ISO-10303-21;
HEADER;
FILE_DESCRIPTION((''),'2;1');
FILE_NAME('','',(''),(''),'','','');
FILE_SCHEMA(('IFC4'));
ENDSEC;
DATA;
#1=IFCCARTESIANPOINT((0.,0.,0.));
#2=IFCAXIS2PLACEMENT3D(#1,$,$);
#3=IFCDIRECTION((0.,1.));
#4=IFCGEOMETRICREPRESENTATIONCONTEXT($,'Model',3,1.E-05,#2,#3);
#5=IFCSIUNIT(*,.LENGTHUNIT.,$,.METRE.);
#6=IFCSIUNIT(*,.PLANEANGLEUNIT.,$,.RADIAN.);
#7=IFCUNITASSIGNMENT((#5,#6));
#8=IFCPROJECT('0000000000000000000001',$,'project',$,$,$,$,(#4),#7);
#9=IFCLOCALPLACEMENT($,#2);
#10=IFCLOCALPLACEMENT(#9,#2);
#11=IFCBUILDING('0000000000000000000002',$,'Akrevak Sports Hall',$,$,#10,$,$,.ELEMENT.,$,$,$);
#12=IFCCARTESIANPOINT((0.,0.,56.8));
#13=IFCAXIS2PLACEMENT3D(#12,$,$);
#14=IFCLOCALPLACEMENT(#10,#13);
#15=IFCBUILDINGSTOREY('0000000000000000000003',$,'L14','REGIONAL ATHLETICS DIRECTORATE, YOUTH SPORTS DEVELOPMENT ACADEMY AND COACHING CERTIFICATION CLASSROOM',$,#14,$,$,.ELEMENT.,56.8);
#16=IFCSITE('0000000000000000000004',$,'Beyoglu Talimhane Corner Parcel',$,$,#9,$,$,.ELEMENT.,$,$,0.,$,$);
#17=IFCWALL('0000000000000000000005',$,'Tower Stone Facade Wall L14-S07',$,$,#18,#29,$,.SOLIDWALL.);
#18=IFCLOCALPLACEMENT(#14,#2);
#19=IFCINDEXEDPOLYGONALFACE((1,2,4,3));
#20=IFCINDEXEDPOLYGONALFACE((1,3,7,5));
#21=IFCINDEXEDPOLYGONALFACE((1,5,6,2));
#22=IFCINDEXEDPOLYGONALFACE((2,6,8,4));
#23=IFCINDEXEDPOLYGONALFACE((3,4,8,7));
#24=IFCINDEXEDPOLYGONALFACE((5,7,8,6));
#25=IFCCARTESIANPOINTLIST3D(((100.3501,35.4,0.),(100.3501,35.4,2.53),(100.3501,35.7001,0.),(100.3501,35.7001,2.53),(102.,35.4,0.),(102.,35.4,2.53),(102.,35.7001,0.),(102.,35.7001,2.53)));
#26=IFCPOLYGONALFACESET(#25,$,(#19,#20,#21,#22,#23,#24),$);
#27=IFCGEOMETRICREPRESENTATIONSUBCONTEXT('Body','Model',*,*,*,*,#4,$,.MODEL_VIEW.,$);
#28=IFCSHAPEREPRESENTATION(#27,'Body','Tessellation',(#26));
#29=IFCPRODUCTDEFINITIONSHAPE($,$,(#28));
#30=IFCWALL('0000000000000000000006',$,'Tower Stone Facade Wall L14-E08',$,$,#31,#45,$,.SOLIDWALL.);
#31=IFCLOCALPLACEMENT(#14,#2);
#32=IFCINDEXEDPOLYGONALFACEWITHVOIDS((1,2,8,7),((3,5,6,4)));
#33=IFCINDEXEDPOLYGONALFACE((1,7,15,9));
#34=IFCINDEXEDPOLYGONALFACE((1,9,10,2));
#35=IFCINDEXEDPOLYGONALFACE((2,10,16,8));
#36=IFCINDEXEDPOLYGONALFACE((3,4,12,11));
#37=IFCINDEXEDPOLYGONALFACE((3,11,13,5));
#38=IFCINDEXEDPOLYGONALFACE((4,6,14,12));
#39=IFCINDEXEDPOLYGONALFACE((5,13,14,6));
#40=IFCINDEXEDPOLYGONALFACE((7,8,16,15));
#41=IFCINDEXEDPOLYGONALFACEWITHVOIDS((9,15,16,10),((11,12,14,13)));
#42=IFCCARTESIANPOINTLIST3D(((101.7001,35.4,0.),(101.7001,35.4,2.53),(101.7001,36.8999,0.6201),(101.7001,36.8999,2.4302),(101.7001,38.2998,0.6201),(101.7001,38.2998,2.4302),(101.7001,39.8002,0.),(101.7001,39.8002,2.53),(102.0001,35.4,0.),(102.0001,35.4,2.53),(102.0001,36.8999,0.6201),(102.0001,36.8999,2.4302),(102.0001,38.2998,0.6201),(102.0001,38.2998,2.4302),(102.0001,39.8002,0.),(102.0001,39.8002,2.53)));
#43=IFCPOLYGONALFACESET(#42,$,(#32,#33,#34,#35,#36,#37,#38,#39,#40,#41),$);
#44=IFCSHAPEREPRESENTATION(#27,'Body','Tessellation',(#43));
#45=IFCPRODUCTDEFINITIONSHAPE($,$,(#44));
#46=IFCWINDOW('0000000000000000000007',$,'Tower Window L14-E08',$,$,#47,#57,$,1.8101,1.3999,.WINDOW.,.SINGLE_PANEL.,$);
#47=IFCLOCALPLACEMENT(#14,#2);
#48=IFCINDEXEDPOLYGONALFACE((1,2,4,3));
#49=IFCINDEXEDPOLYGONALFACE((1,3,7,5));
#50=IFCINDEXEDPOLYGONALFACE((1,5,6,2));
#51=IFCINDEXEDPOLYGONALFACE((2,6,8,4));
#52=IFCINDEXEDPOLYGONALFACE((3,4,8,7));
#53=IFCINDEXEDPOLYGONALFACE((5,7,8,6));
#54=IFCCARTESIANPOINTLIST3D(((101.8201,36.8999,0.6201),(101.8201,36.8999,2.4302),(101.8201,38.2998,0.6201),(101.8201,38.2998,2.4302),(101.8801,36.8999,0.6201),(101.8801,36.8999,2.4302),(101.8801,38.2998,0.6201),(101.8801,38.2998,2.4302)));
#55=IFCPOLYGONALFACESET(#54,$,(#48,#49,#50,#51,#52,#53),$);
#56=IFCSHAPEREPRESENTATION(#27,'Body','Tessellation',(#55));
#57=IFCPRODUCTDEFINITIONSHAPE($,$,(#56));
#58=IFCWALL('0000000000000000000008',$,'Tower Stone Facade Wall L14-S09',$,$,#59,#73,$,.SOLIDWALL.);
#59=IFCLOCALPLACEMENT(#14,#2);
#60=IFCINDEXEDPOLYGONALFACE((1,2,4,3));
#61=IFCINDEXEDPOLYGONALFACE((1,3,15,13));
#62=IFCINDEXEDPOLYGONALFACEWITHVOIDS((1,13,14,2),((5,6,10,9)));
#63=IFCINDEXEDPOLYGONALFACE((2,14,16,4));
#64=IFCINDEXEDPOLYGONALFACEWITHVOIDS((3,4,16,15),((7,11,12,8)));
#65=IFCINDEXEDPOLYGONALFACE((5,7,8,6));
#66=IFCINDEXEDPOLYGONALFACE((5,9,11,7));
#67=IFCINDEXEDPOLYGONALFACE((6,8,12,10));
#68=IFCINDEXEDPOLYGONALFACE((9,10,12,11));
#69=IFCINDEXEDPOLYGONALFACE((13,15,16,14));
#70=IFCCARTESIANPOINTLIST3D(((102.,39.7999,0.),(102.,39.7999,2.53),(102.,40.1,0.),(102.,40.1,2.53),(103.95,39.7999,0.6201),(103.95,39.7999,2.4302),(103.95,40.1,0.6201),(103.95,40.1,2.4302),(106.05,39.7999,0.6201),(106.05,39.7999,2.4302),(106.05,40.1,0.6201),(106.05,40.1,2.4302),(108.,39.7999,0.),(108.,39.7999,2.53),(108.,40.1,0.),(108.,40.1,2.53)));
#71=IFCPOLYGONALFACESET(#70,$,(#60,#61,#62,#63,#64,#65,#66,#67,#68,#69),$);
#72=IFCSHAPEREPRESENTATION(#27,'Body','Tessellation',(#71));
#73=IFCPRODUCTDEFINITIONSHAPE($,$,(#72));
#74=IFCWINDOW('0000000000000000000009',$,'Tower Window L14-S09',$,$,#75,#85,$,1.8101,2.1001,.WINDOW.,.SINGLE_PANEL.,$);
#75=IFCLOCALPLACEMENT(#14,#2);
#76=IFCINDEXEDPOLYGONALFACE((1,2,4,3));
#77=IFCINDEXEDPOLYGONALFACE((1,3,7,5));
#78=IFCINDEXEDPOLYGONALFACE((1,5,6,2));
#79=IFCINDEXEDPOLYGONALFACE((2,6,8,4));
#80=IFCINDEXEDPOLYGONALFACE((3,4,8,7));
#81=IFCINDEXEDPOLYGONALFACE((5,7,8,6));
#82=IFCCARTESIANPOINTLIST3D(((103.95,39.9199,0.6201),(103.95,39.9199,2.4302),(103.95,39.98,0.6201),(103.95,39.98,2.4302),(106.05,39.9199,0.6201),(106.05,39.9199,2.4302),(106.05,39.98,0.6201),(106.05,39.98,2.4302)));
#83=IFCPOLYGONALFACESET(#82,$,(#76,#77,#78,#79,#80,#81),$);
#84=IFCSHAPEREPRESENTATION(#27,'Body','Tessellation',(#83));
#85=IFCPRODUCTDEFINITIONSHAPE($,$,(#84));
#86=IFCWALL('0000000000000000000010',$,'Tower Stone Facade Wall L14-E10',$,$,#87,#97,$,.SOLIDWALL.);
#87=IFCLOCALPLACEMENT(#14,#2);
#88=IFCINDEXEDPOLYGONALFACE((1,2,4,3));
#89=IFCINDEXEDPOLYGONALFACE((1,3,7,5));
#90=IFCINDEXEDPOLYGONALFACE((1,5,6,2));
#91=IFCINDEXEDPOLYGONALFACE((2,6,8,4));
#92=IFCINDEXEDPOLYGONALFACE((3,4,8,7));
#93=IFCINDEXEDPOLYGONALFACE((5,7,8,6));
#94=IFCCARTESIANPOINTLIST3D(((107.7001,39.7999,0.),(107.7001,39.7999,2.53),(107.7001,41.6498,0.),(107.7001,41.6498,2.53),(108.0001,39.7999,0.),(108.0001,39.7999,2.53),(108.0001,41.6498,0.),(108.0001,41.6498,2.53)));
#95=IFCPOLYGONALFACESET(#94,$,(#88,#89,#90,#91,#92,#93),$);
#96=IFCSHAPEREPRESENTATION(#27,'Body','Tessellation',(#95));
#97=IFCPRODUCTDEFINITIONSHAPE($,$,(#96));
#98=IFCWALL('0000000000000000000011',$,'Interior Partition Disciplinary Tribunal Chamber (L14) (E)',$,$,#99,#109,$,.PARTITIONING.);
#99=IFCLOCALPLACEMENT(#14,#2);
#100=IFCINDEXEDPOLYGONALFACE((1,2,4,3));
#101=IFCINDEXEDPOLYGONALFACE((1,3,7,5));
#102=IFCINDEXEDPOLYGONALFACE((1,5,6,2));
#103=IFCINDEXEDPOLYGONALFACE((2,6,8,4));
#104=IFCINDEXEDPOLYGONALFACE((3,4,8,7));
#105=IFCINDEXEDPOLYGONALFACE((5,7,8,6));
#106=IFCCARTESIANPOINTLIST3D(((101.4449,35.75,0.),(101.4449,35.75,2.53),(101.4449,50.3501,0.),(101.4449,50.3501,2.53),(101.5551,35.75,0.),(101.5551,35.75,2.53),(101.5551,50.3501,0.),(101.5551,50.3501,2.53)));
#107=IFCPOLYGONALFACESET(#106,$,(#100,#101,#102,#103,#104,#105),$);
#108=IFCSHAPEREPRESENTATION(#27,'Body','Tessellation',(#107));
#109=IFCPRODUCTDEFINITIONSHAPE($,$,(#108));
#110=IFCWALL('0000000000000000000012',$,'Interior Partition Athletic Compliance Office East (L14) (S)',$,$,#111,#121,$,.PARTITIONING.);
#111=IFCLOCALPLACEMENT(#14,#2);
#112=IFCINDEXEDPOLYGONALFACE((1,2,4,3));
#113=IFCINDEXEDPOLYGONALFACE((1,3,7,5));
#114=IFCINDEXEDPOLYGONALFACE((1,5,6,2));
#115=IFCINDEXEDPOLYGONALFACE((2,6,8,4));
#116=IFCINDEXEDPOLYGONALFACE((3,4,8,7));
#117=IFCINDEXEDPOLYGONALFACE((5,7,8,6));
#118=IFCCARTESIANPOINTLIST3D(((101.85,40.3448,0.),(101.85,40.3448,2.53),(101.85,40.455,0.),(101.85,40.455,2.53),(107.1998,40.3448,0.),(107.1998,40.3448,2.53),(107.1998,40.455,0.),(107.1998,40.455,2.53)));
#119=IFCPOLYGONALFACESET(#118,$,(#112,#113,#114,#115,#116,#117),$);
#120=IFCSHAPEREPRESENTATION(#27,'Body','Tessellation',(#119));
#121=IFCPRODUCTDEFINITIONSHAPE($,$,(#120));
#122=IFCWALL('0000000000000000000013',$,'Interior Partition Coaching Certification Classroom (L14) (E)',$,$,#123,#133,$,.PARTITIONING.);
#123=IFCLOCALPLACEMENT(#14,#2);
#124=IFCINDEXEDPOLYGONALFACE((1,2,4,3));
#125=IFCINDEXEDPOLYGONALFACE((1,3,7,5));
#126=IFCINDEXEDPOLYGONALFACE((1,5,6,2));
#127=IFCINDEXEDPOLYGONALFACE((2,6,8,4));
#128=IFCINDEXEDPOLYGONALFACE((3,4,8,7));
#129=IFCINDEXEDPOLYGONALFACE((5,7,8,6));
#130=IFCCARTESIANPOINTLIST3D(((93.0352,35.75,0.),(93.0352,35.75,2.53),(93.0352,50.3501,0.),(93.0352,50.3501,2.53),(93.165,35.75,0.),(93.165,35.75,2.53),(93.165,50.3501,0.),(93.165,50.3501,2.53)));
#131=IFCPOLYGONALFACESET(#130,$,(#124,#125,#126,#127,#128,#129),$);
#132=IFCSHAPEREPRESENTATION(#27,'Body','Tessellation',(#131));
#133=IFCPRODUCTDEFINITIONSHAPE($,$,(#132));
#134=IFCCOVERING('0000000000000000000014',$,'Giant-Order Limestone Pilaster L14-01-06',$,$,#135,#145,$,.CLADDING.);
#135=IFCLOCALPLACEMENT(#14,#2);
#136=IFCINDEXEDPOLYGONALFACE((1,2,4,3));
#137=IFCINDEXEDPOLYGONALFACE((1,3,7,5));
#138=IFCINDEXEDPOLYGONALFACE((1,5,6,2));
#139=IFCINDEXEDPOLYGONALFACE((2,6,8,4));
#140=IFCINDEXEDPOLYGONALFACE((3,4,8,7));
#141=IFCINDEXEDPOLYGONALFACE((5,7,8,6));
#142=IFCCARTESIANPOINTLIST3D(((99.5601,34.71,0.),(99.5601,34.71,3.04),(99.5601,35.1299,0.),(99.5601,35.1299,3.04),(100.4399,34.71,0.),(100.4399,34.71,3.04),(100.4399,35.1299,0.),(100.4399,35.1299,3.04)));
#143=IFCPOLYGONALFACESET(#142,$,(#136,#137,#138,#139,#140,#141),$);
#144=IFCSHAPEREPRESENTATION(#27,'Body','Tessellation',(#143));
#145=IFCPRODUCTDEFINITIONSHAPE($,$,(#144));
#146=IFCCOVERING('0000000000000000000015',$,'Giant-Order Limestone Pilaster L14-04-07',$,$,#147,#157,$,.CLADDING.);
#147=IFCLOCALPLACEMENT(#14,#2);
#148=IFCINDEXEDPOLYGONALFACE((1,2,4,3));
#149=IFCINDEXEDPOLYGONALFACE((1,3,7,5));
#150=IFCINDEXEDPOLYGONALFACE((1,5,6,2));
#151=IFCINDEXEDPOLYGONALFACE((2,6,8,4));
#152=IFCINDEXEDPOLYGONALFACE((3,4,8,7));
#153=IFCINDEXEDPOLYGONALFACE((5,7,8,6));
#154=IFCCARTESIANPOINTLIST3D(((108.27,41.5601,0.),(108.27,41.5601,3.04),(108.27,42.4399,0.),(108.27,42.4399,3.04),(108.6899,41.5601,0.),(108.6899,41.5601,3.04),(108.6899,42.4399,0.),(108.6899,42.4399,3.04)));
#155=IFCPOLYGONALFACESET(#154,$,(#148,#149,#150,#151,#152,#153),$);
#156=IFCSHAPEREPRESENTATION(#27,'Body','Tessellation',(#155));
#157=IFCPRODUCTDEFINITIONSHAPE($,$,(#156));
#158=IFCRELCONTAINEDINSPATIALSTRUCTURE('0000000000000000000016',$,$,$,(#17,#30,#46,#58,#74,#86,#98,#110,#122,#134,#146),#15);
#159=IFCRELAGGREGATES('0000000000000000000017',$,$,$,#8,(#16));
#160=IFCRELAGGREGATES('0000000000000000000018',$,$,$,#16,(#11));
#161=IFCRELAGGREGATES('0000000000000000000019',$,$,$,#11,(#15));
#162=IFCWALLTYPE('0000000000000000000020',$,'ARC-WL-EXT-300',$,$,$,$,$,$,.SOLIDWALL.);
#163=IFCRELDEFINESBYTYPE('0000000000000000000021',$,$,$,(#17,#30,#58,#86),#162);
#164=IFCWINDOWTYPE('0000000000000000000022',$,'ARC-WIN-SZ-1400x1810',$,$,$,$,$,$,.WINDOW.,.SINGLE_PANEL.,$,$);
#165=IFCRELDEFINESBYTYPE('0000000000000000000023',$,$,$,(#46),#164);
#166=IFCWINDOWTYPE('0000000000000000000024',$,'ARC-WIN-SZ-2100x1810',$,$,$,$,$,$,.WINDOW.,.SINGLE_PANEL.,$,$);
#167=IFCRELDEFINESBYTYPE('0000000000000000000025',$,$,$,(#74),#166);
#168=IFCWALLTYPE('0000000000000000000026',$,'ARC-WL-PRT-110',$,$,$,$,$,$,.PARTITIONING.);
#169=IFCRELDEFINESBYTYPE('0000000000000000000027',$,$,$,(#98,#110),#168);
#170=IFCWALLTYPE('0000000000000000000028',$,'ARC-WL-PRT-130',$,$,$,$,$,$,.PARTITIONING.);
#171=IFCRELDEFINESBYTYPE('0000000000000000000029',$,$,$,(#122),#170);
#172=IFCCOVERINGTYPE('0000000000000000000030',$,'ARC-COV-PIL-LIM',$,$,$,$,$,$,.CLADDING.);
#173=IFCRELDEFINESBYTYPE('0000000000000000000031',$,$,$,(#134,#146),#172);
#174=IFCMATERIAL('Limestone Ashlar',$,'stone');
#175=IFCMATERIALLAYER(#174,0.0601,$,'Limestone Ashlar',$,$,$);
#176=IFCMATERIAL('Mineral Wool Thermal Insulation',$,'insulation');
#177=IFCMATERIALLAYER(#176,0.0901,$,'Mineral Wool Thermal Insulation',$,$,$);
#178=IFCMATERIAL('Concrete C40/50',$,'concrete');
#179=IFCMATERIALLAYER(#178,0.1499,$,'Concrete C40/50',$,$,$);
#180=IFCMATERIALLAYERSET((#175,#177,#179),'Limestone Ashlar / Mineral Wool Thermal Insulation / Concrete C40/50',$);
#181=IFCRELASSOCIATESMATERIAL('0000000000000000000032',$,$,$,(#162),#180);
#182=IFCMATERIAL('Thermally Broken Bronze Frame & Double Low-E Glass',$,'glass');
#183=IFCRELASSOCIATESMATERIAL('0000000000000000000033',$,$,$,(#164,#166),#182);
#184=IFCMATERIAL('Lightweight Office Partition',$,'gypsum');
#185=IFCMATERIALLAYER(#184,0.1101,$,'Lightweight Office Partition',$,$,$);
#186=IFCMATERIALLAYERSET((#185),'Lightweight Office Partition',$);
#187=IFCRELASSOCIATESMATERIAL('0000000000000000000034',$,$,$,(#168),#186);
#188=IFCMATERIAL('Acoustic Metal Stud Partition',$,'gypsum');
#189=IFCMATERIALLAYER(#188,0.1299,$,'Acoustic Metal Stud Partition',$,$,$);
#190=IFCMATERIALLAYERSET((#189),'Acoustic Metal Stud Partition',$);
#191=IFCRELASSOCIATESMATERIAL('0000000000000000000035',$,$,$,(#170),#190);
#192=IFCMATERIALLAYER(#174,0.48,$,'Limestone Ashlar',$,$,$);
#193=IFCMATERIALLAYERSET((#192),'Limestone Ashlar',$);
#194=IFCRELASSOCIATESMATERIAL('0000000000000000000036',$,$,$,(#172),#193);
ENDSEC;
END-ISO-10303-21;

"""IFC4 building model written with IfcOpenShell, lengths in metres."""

from ifc_helpers import new_model, si_unit, direction, frame, frame_2d, origin, origin_2d, place, context, subcontext, project, spatial, rectangle, extrude, material, layer, layer_set, type_object, element, fill, save


model = new_model("IFC4")

# Units and contexts
model_context = context("Model", 3, precision=1e-05, world=origin(), true_north=direction((0.0, 1.0)))
body_context = subcontext(model_context, "Body", "Model", "MODEL_VIEW")
ifc_project = project(units=[si_unit("LENGTHUNIT", "METRE"), si_unit("PLANEANGLEUNIT", "RADIAN")], contexts=[model_context])

# Site, building, storey
site_placement = place(None, origin())
site = spatial("IfcSite", under=ifc_project, at=site_placement, Name="Beyoglu Talimhane Corner Parcel", CompositionType="ELEMENT", RefElevation=0.0)
building_placement = place(site_placement, origin())
building = spatial("IfcBuilding", under=site, at=building_placement, Name="Akrevak Sports Hall", CompositionType="ELEMENT")
storey_placement = place(building_placement, frame((0.0, 0.0, 56.8)))
storey = spatial("IfcBuildingStorey", under=building, at=storey_placement, Name="L14", Description="REGIONAL ATHLETICS DIRECTORATE, YOUTH SPORTS DEVELOPMENT ACADEMY AND COACHING CERTIFICATION CLASSROOM", CompositionType="ELEMENT", Elevation=56.8)

# Shared definitions
ifc_material_1 = material(Name="Concrete C40/50", Category="concrete")

# Wall
ifc_material_2 = material(Name="Limestone Ashlar", Category="stone")
ifc_layer_1 = layer(ifc_material_2, 0.0601, Name="Limestone Ashlar")
ifc_material_3 = material(Name="Mineral Wool Thermal Insulation", Category="insulation")
ifc_layer_2 = layer(ifc_material_3, 0.0901, Name="Mineral Wool Thermal Insulation")
ifc_layer_3 = layer(ifc_material_1, 0.1499, Name="Concrete C40/50")
ifc_layer_set_1 = layer_set([ifc_layer_1, ifc_layer_2, ifc_layer_3], Name="Limestone Ashlar / Mineral Wool Thermal Insulation / Concrete C40/50")
wall_type_1 = type_object("IfcWallType", Name="ARC-WL-EXT-300", PredefinedType="SOLIDWALL", material=ifc_layer_set_1)
wall_1_placement = place(storey_placement, frame((100.3501, 35.55, 0.0), z_axis=(0.0, 0.0, 1.0), x_axis=(1.0, 0.0, 0.0)))
element("IfcWall", 1, at=wall_1_placement, inside=storey, type_object=wall_type_1, Name="Tower Stone Facade Wall L14-S07", PredefinedType="SOLIDWALL", context=body_context, shape_type="SweptSolid", body=[
    extrude(rectangle(XDim=1.6499, YDim=0.3, at=frame_2d((0.825, 0.0))), origin(), (0.0, 0.0, 1.0), 2.53),
])

# Walls, openings, windows
wall_2_placement = place(storey_placement, frame((101.8501, 35.3999, 0.0), z_axis=(0.0, 0.0, 1.0), x_axis=(0.0, 1.0, 0.0)))
wall_2 = element("IfcWall", 2, at=wall_2_placement, inside=storey, type_object=wall_type_1, Name="Tower Stone Facade Wall L14-E08", PredefinedType="SOLIDWALL", context=body_context, shape_type="SweptSolid", body=[
    extrude(rectangle(XDim=4.4001, YDim=0.3, at=frame_2d((2.2002, 0.0))), origin(), (0.0, 0.0, 1.0), 2.53),
])
opening_1_placement = place(wall_2_placement, frame((1.5, 0.0, 0.6201)))
opening_1 = element("IfcOpeningElement", 3, at=opening_1_placement, cuts=wall_2, PredefinedType="OPENING", context=body_context, shape_type="SweptSolid", body=[
    extrude(rectangle(XDim=1.3999, YDim=1.8101, at=frame_2d((0.7, 0.905))), frame((0.0, 0.1621, 0.0), z_axis=(0.0, -1.0, 0.0), x_axis=(1.0, 0.0, 0.0)), (0.0, 0.0, 1.0), 0.324),
])
ifc_material_4 = material(Name="Thermally Broken Bronze Frame & Double Low-E Glass", Category="glass")
window_type_1 = type_object("IfcWindowType", Name="ARC-WIN-SZ-1400x1810", PartitioningType="SINGLE_PANEL", PredefinedType="WINDOW", material=ifc_material_4)
window_1_placement = place(opening_1_placement, origin())
window_1 = element("IfcWindow", 4, at=window_1_placement, inside=storey, type_object=window_type_1, Name="Tower Window L14-E08", OverallHeight=1.8101, OverallWidth=1.3999, PartitioningType="SINGLE_PANEL", PredefinedType="WINDOW", context=body_context, shape_type="SweptSolid", body=[
    extrude(rectangle(XDim=1.3999, YDim=1.8101, at=frame_2d((0.7, 0.905))), frame((0.0, 0.03, 0.0), z_axis=(0.0, -1.0, 0.0), x_axis=(1.0, 0.0, 0.0)), (0.0, 0.0, 1.0), 0.0601),
])
fill(opening_1, window_1)
wall_3_placement = place(storey_placement, frame((102.0, 39.95, 0.0), z_axis=(0.0, 0.0, 1.0), x_axis=(1.0, 0.0, 0.0)))
wall_3 = element("IfcWall", 5, at=wall_3_placement, inside=storey, type_object=wall_type_1, Name="Tower Stone Facade Wall L14-S09", PredefinedType="SOLIDWALL", context=body_context, shape_type="SweptSolid", body=[
    extrude(rectangle(XDim=6.0, YDim=0.3, at=frame_2d((3.0, 0.0))), origin(), (0.0, 0.0, 1.0), 2.53),
])
opening_2_placement = place(wall_3_placement, frame((1.95, 0.0, 0.6201)))
opening_2 = element("IfcOpeningElement", 6, at=opening_2_placement, cuts=wall_3, PredefinedType="OPENING", context=body_context, shape_type="SweptSolid", body=[
    extrude(rectangle(XDim=2.1001, YDim=1.8101, at=frame_2d((1.05, 0.905))), frame((0.0, 0.1621, 0.0), z_axis=(0.0, -1.0, 0.0), x_axis=(1.0, 0.0, 0.0)), (0.0, 0.0, 1.0), 0.324),
])
window_type_2 = type_object("IfcWindowType", Name="ARC-WIN-SZ-2100x1810", PartitioningType="SINGLE_PANEL", PredefinedType="WINDOW", material=ifc_material_4)
window_2_placement = place(opening_2_placement, origin())
window_2 = element("IfcWindow", 7, at=window_2_placement, inside=storey, type_object=window_type_2, Name="Tower Window L14-S09", OverallHeight=1.8101, OverallWidth=2.1001, PartitioningType="SINGLE_PANEL", PredefinedType="WINDOW", context=body_context, shape_type="SweptSolid", body=[
    extrude(rectangle(XDim=2.1001, YDim=1.8101, at=frame_2d((1.05, 0.905))), frame((0.0, 0.03, 0.0), z_axis=(0.0, -1.0, 0.0), x_axis=(1.0, 0.0, 0.0)), (0.0, 0.0, 1.0), 0.0601),
])
fill(opening_2, window_2)

# Walls
wall_4_placement = place(storey_placement, frame((107.8501, 39.8, 0.0), z_axis=(0.0, 0.0, 1.0), x_axis=(0.0, 1.0, 0.0)))
element("IfcWall", 8, at=wall_4_placement, inside=storey, type_object=wall_type_1, Name="Tower Stone Facade Wall L14-E10", PredefinedType="SOLIDWALL", context=body_context, shape_type="SweptSolid", body=[
    extrude(rectangle(XDim=1.8499, YDim=0.3, at=frame_2d((0.9248, 0.0))), origin(), (0.0, 0.0, 1.0), 2.53),
])
ifc_material_5 = material(Name="Lightweight Office Partition", Category="gypsum")
ifc_layer_4 = layer(ifc_material_5, 0.1101, Name="Lightweight Office Partition")
ifc_layer_set_2 = layer_set([ifc_layer_4], Name="Lightweight Office Partition")
wall_type_2 = type_object("IfcWallType", Name="ARC-WL-PRT-110", PredefinedType="PARTITIONING", material=ifc_layer_set_2)
wall_5_placement = place(storey_placement, frame((101.5, 35.75, 0.0), z_axis=(0.0, 0.0, 1.0), x_axis=(0.0, 1.0, 0.0)))
element("IfcWall", 9, at=wall_5_placement, inside=storey, type_object=wall_type_2, Name="Interior Partition Disciplinary Tribunal Chamber (L14) (E)", PredefinedType="PARTITIONING", context=body_context, shape_type="SweptSolid", body=[
    extrude(rectangle(XDim=14.6001, YDim=0.1101, at=frame_2d((7.3, 0.0))), origin(), (0.0, 0.0, 1.0), 2.53),
])
wall_6_placement = place(storey_placement, frame((101.8501, 40.3999, 0.0), z_axis=(0.0, 0.0, 1.0), x_axis=(1.0, 0.0, 0.0)))
element("IfcWall", 10, at=wall_6_placement, inside=storey, type_object=wall_type_2, Name="Interior Partition Athletic Compliance Office East (L14) (S)", PredefinedType="PARTITIONING", context=body_context, shape_type="SweptSolid", body=[
    extrude(rectangle(XDim=5.3499, YDim=0.1101, at=frame_2d((2.6748, 0.0))), origin(), (0.0, 0.0, 1.0), 2.53),
])
ifc_material_6 = material(Name="Acoustic Metal Stud Partition", Category="gypsum")
ifc_layer_5 = layer(ifc_material_6, 0.1299, Name="Acoustic Metal Stud Partition")
ifc_layer_set_3 = layer_set([ifc_layer_5], Name="Acoustic Metal Stud Partition")
wall_type_3 = type_object("IfcWallType", Name="ARC-WL-PRT-130", PredefinedType="PARTITIONING", material=ifc_layer_set_3)
wall_7_placement = place(storey_placement, frame((93.1001, 35.75, 0.0), z_axis=(0.0, 0.0, 1.0), x_axis=(0.0, 1.0, 0.0)))
element("IfcWall", 11, at=wall_7_placement, inside=storey, type_object=wall_type_3, Name="Interior Partition Coaching Certification Classroom (L14) (E)", PredefinedType="PARTITIONING", context=body_context, shape_type="SweptSolid", body=[
    extrude(rectangle(XDim=14.6001, YDim=0.1299, at=frame_2d((7.3, 0.0))), origin(), (0.0, 0.0, 1.0), 2.53),
])

# Coverings
ifc_layer_6 = layer(ifc_material_2, 0.48, Name="Limestone Ashlar")
ifc_layer_set_4 = layer_set([ifc_layer_6], Name="Limestone Ashlar")
covering_type = type_object("IfcCoveringType", Name="ARC-COV-PIL-LIM", PredefinedType="CLADDING", material=ifc_layer_set_4)
for number, where, z_axis, x_axis, name in (
    (12, (100.0, 34.9199, 0.0), (0.0, 0.0, 1.0), (1.0, 0.0, 0.0), "Giant-Order Limestone Pilaster L14-01-06"),
    (13, (108.48, 42.0, 0.0), (0.0, 0.0, 1.0), (0.0, 1.0, 0.0), "Giant-Order Limestone Pilaster L14-04-07"),
):
    element("IfcCovering", number, at=place(storey_placement, frame(where, z_axis=z_axis, x_axis=x_axis)), inside=storey, type_object=covering_type, Name=name, PredefinedType="CLADDING", context=body_context, shape_type="SweptSolid", body=[
        extrude(rectangle(XDim=0.8799, YDim=0.4199, at=origin_2d()), origin(), (0.0, 0.0, 1.0), 3.04),
    ])

save(model, "model.ifc")
